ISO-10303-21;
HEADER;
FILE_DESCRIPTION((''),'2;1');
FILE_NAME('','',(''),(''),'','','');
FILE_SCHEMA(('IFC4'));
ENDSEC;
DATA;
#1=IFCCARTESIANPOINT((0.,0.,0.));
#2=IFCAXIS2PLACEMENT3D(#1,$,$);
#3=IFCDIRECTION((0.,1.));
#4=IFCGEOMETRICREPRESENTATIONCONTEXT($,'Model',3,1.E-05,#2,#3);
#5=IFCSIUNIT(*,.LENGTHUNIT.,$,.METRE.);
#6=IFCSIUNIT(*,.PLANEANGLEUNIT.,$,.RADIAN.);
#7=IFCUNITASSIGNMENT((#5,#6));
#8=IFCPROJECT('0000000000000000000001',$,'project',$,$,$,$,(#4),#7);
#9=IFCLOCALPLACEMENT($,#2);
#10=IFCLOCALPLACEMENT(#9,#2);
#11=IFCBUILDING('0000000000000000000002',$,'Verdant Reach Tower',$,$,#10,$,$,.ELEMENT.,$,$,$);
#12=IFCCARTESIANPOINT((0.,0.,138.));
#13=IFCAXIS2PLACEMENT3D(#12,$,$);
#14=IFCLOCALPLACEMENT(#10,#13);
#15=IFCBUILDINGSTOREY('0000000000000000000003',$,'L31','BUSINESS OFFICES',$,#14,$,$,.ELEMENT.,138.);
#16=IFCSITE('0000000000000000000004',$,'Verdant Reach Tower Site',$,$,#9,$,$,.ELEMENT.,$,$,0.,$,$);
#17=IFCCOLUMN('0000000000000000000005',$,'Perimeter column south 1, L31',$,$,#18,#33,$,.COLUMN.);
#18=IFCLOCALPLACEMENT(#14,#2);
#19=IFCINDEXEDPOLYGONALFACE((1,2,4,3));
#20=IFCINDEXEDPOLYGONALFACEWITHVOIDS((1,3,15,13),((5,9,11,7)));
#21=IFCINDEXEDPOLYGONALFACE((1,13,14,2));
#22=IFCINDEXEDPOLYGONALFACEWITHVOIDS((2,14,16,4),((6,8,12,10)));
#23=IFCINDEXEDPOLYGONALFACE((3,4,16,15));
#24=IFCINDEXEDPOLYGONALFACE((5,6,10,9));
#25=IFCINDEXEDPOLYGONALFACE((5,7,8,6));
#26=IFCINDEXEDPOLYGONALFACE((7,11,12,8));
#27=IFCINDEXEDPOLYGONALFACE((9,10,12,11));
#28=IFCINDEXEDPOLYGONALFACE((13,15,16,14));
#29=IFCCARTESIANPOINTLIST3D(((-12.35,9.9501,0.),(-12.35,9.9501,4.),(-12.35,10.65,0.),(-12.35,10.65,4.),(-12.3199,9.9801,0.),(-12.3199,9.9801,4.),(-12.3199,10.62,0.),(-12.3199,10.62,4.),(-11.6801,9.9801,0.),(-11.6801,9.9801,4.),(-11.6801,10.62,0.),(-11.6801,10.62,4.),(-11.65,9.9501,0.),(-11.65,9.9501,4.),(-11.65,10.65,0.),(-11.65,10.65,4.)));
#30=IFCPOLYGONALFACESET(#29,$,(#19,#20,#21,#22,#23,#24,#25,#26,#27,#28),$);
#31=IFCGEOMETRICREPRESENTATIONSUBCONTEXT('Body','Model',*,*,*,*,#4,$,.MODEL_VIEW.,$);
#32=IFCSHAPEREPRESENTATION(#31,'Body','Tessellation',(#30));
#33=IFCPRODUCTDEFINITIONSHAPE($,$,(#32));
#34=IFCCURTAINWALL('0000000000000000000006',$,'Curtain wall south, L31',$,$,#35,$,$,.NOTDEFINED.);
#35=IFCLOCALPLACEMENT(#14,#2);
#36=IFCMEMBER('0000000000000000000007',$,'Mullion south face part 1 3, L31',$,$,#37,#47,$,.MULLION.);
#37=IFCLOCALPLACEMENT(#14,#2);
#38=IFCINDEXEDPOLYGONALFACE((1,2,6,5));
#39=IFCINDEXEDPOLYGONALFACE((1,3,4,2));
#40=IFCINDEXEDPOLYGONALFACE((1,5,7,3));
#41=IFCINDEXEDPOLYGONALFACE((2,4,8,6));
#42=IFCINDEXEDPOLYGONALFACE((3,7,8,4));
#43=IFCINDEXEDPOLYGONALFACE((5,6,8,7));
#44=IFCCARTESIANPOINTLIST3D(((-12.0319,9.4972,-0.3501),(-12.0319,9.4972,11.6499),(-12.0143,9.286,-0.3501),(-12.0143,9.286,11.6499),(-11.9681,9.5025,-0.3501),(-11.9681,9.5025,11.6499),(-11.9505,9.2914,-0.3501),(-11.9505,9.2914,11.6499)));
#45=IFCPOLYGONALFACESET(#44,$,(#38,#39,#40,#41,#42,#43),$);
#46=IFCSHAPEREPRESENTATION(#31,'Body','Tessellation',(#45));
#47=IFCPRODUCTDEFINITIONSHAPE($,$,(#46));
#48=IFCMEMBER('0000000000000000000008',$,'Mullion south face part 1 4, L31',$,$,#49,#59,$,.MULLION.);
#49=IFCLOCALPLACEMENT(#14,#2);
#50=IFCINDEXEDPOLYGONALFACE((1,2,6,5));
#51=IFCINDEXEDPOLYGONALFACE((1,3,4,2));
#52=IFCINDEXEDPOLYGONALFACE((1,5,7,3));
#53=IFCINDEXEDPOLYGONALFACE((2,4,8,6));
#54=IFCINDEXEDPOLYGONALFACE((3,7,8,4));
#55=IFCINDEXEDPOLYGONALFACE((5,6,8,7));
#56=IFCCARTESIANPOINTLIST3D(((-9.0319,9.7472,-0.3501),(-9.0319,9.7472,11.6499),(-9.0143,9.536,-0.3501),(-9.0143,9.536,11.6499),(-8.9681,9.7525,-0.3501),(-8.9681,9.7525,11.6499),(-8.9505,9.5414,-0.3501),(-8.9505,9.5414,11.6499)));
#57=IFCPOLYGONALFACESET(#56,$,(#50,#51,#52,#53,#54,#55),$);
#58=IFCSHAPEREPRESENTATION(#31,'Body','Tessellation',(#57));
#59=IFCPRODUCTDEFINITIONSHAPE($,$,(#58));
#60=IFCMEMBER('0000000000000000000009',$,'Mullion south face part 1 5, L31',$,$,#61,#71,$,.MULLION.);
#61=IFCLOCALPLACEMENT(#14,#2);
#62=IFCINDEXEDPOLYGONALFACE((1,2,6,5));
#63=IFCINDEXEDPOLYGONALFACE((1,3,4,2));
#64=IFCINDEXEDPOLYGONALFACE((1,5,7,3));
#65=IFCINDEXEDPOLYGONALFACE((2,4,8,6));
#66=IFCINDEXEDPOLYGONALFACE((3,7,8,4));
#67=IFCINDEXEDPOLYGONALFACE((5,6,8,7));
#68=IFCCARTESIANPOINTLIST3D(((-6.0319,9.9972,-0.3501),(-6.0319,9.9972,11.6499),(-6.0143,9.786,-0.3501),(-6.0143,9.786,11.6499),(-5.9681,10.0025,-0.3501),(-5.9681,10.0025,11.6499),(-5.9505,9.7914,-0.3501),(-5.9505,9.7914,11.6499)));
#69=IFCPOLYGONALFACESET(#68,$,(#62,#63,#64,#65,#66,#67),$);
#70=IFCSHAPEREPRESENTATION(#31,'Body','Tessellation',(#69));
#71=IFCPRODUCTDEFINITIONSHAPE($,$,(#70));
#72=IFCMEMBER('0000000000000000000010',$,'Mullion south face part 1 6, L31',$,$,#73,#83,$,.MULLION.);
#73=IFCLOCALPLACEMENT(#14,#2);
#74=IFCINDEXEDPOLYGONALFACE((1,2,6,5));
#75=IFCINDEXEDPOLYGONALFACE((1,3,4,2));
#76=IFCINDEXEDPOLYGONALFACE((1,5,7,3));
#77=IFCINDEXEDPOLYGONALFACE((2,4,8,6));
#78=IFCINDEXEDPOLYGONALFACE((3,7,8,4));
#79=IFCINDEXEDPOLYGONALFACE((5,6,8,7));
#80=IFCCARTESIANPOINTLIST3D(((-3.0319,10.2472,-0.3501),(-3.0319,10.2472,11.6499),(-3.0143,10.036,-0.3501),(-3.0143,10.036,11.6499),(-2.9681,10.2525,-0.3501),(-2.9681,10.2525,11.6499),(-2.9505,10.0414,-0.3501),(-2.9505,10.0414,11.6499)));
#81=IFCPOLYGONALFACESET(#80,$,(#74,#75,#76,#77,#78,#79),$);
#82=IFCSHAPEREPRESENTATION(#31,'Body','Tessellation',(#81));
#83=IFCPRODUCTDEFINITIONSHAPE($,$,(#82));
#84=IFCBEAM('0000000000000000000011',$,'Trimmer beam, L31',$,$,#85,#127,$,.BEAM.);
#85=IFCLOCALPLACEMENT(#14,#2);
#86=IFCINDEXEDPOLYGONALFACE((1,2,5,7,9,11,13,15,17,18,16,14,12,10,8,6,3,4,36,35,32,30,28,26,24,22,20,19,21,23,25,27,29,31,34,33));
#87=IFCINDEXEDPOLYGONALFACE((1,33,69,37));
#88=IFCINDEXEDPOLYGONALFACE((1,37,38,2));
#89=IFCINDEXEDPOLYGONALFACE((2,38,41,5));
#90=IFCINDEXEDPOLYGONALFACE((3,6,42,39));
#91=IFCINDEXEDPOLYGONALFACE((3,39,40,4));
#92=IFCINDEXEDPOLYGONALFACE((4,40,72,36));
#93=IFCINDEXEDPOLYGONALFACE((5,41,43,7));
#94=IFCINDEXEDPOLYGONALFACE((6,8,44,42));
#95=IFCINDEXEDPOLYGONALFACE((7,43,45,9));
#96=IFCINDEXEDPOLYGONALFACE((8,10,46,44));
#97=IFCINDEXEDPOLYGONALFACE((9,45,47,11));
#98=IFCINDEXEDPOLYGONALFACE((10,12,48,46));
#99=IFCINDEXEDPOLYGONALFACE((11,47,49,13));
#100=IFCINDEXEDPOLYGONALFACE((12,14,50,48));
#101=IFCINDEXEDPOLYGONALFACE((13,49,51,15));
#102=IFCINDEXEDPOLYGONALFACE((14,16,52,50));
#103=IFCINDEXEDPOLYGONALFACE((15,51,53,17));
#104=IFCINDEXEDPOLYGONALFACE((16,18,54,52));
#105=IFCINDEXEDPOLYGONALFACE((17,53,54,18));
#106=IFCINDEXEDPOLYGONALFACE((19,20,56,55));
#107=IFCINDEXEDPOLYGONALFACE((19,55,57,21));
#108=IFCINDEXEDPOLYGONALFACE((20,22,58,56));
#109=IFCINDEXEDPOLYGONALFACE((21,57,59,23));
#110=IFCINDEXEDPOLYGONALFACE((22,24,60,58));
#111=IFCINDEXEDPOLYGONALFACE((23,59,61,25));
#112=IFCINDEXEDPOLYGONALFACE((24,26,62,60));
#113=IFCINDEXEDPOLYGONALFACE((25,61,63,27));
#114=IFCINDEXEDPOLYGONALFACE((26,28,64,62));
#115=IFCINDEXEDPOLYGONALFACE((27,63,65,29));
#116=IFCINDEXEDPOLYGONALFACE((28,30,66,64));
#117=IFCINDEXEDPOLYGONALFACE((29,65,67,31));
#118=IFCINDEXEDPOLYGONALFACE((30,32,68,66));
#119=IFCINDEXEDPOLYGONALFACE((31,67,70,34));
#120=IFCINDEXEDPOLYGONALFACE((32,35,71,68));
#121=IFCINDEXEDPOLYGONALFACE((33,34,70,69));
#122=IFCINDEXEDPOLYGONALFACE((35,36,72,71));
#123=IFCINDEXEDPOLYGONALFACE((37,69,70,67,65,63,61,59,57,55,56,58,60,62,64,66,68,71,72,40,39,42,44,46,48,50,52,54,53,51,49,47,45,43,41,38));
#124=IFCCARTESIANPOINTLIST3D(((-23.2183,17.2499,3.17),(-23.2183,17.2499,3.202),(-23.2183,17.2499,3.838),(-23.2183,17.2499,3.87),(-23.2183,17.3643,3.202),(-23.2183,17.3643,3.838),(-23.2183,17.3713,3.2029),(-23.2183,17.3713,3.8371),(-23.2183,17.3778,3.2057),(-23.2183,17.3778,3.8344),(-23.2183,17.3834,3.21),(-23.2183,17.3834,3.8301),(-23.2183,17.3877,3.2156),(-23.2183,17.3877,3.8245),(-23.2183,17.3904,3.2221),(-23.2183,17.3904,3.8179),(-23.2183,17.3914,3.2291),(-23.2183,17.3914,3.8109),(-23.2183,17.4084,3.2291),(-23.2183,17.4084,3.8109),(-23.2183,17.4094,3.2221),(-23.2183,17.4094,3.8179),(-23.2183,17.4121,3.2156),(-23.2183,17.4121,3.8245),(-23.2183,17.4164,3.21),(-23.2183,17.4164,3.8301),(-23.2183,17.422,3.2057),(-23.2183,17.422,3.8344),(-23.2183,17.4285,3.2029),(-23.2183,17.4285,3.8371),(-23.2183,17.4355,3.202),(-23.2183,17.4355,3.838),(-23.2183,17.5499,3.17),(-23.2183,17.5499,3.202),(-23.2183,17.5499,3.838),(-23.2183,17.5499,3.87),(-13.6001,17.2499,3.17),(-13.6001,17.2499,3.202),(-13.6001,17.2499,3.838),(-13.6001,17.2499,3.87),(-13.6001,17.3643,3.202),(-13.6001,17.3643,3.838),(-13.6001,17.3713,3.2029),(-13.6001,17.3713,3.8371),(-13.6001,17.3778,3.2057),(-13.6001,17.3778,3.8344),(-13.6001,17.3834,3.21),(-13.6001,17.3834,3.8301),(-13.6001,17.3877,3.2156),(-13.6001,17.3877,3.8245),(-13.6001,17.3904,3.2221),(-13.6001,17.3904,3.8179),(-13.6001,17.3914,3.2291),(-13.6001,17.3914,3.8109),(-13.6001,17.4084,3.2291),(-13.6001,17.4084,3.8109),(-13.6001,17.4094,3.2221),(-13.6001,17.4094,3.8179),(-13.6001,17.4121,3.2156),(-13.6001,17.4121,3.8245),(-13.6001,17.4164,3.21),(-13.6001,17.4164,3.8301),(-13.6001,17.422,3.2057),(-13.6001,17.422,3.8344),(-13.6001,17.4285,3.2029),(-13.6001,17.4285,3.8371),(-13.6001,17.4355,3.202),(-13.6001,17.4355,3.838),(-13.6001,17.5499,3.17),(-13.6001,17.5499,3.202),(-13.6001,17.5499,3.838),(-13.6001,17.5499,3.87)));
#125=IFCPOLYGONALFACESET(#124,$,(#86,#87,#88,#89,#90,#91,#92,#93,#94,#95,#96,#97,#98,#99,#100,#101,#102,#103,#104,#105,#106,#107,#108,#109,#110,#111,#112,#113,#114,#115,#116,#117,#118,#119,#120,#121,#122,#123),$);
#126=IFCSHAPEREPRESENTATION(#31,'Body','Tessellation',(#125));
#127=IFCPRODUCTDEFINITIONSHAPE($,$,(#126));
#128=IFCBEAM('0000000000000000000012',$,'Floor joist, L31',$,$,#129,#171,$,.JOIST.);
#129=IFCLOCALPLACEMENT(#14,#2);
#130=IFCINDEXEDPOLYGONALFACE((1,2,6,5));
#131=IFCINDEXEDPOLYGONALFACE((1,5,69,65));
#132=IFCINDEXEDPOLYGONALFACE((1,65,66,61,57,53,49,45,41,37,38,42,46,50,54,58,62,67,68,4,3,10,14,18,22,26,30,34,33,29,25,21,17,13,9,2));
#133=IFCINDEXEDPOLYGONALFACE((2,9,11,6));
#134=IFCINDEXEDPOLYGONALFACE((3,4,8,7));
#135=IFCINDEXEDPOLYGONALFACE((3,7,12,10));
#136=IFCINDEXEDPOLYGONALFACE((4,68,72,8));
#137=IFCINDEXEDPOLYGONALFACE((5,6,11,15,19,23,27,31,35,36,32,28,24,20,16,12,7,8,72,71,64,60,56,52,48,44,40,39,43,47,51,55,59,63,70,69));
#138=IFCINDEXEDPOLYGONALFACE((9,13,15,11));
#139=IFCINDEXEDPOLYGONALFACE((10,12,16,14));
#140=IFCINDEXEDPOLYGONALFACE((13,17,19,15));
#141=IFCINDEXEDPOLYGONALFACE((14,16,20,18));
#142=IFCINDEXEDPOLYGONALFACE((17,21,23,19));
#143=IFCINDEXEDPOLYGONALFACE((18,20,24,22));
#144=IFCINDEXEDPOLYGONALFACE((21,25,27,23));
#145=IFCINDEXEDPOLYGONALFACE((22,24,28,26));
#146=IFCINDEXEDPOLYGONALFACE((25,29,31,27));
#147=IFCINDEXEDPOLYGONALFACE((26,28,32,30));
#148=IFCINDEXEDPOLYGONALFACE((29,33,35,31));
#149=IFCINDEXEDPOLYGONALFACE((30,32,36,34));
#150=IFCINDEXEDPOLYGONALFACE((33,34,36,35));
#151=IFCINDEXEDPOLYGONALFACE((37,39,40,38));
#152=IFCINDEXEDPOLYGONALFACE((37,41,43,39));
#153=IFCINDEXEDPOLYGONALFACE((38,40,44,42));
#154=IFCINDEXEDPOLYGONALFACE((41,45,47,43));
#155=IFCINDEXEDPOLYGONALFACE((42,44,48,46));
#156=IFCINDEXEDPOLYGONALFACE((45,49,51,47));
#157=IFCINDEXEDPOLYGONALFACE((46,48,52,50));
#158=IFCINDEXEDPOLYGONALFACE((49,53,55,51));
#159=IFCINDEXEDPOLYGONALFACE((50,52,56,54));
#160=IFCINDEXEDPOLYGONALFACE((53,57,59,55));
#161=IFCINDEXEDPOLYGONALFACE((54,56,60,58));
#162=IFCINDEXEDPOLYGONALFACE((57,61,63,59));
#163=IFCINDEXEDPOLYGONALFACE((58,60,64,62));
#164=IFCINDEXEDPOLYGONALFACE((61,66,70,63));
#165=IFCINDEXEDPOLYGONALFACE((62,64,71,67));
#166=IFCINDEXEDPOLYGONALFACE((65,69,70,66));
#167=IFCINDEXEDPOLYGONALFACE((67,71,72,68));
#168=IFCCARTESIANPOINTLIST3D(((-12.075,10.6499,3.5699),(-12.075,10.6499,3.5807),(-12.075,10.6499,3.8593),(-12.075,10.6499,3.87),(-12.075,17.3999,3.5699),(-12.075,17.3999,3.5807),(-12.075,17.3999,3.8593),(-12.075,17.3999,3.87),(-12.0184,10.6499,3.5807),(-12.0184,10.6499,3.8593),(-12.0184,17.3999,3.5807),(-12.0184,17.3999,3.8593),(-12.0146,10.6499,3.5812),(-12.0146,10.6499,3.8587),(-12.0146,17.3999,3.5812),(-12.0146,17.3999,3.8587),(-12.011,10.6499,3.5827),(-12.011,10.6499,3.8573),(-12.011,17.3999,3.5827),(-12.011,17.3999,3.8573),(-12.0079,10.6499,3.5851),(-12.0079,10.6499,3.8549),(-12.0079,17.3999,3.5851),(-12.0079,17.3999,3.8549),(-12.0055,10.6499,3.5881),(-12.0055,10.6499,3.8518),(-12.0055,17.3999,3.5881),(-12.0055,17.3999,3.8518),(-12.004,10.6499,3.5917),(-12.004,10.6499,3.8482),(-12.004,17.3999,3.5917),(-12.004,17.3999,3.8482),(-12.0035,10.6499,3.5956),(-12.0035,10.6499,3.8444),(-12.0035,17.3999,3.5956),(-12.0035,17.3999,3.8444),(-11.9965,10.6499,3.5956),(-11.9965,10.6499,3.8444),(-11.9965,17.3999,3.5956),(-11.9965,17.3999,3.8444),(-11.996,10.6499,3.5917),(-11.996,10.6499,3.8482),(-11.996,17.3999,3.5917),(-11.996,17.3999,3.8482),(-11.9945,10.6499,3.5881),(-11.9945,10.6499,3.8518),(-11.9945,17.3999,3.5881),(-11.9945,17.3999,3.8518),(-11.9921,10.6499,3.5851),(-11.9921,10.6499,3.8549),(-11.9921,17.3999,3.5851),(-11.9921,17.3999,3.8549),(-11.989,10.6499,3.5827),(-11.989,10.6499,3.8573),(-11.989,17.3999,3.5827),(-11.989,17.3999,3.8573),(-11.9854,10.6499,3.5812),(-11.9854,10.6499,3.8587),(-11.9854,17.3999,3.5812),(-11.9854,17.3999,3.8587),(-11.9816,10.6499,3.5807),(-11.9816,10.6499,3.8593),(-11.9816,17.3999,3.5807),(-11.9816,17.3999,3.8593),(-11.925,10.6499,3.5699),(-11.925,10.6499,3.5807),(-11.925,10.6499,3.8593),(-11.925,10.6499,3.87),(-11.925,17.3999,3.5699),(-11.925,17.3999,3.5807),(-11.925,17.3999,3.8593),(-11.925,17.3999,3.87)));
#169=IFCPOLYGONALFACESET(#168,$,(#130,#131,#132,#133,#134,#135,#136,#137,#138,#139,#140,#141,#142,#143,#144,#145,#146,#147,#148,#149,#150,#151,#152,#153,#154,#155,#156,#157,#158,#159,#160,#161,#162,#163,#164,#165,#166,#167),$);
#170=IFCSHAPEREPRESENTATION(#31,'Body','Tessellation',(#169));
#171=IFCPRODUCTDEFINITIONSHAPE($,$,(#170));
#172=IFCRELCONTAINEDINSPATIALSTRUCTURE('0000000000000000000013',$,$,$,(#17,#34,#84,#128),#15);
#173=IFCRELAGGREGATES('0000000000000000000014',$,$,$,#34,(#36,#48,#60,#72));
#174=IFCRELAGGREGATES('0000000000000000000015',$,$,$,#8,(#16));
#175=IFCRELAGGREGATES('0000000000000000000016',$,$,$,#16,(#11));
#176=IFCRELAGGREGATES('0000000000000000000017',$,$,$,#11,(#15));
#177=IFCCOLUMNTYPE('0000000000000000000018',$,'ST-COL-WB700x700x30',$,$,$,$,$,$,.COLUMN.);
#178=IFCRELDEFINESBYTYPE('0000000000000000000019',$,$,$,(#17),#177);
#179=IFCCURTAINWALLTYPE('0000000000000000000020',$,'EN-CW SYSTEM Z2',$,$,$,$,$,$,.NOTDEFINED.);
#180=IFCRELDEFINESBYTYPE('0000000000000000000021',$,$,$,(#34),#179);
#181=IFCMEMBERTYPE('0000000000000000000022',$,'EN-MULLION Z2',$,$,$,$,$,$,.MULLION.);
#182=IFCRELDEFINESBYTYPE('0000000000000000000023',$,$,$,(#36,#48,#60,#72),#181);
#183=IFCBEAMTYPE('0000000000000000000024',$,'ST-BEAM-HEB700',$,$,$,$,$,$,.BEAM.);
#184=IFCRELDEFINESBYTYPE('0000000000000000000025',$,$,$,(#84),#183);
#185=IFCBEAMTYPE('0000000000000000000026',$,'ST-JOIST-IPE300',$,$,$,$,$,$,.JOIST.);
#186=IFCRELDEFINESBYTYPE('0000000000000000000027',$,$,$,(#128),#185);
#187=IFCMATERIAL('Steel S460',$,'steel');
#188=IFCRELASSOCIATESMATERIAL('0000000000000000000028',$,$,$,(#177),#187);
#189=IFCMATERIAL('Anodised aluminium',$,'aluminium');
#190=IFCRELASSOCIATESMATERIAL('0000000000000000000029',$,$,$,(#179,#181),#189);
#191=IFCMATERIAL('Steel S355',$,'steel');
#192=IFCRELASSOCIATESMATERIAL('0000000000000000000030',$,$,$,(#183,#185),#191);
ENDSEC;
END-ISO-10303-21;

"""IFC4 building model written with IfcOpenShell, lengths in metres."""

from ifc_helpers import new_model, si_unit, direction, frame, origin, origin_2d, place, context, subcontext, project, spatial, rectangle, hollow_rectangle, i_section, extrude, material, material_profile, profile_set, type_object, element, aggregate, save


model = new_model("IFC4")

# Units and contexts
model_context = context("Model", 3, precision=1e-05, world=origin(), true_north=direction((0.0, 1.0)))
body_context = subcontext(model_context, "Body", "Model", "MODEL_VIEW")
ifc_project = project(units=[si_unit("LENGTHUNIT", "METRE"), si_unit("PLANEANGLEUNIT", "RADIAN")], contexts=[model_context])

# Site, building, storey
site_placement = place(None, origin())
site = spatial("IfcSite", under=ifc_project, at=site_placement, Name="Verdant Reach Tower Site", CompositionType="ELEMENT", RefElevation=0.0)
building_placement = place(site_placement, origin())
building = spatial("IfcBuilding", under=site, at=building_placement, Name="Verdant Reach Tower", CompositionType="ELEMENT")
storey_placement = place(building_placement, frame((0.0, 0.0, 138.0)))
storey = spatial("IfcBuildingStorey", under=building, at=storey_placement, Name="L31", Description="BUSINESS OFFICES", CompositionType="ELEMENT", Elevation=138.0)

# Column
ifc_material_1 = material(Name="Steel S460", Category="steel")
ifc_material_profile_1 = material_profile(ifc_material_1, hollow_rectangle(XDim=0.7, YDim=0.7, WallThickness=0.03, at=origin_2d()), Name="WB 700x700x30")
ifc_profile_set_1 = profile_set([ifc_material_profile_1], Name="Steel S460")
column_type = type_object("IfcColumnType", Name="ST-COL-WB700x700x30", PredefinedType="COLUMN", material=ifc_profile_set_1)
column_placement = place(storey_placement, frame((-12.0, 10.3, 0.0), z_axis=(0.0, 0.0, 1.0), x_axis=(1.0, 0.0, 0.0)))
element("IfcColumn", 1, at=column_placement, inside=storey, type_object=column_type, Name="Perimeter column south 1, L31", PredefinedType="COLUMN", context=body_context, shape_type="SweptSolid", body=[
    extrude(hollow_rectangle(XDim=0.7, YDim=0.7, WallThickness=0.03, at=origin_2d()), origin(), (0.0, 0.0, 1.0), 4.0),
])

# Curtain wall, members
ifc_material_2 = material(Name="Anodised aluminium", Category="aluminium")
curtain_wall_type = type_object("IfcCurtainWallType", Name="EN-CW SYSTEM Z2", PredefinedType="NOTDEFINED", material=ifc_material_2)
curtain_wall_placement = place(storey_placement, origin())
curtain_wall = element("IfcCurtainWall", 2, at=curtain_wall_placement, inside=storey, type_object=curtain_wall_type, Name="Curtain wall south, L31", PredefinedType="NOTDEFINED")
ifc_material_profile_2 = material_profile(ifc_material_2, rectangle(XDim=0.2119, YDim=0.064, at=origin_2d()), Name="Mullion 64x212")
ifc_profile_set_2 = profile_set([ifc_material_profile_2], Name="Anodised aluminium")
member_type = type_object("IfcMemberType", Name="EN-MULLION Z2", PredefinedType="MULLION", material=ifc_profile_set_2)
member_1_placement = place(storey_placement, frame((-11.9912, 9.3943, -0.3501), z_axis=(0.0, 0.0, 1.0), x_axis=(0.083045, -0.996546, 0.0)))
member_1 = element("IfcMember", 3, at=member_1_placement, type_object=member_type, Name="Mullion south face part 1 3, L31", PredefinedType="MULLION", context=body_context, shape_type="SweptSolid", body=[
    extrude(rectangle(XDim=0.2119, YDim=0.064, at=origin_2d()), origin(), (0.0, 0.0, 1.0), 12.0),
])
member_2_placement = place(storey_placement, frame((-8.9912, 9.6443, -0.3501), z_axis=(0.0, 0.0, 1.0), x_axis=(0.083045, -0.996546, 0.0)))
member_2 = element("IfcMember", 4, at=member_2_placement, type_object=member_type, Name="Mullion south face part 1 4, L31", PredefinedType="MULLION", context=body_context, shape_type="SweptSolid", body=[
    extrude(rectangle(XDim=0.2119, YDim=0.064, at=origin_2d()), origin(), (0.0, 0.0, 1.0), 12.0),
])
member_3_placement = place(storey_placement, frame((-5.9912, 9.8943, -0.3501), z_axis=(0.0, 0.0, 1.0), x_axis=(0.083045, -0.996546, 0.0)))
member_3 = element("IfcMember", 5, at=member_3_placement, type_object=member_type, Name="Mullion south face part 1 5, L31", PredefinedType="MULLION", context=body_context, shape_type="SweptSolid", body=[
    extrude(rectangle(XDim=0.2119, YDim=0.064, at=origin_2d()), origin(), (0.0, 0.0, 1.0), 12.0),
])
member_4_placement = place(storey_placement, frame((-2.9912, 10.1443, -0.3501), z_axis=(0.0, 0.0, 1.0), x_axis=(0.083045, -0.996546, 0.0)))
member_4 = element("IfcMember", 6, at=member_4_placement, type_object=member_type, Name="Mullion south face part 1 6, L31", PredefinedType="MULLION", context=body_context, shape_type="SweptSolid", body=[
    extrude(rectangle(XDim=0.2119, YDim=0.064, at=origin_2d()), origin(), (0.0, 0.0, 1.0), 12.0),
])

# Beams
ifc_material_3 = material(Name="Steel S355", Category="steel")
ifc_material_profile_3 = material_profile(ifc_material_3, i_section(OverallWidth=0.3, OverallDepth=0.7, WebThickness=0.0171, FlangeThickness=0.032, FilletRadius=0.0271, at=origin_2d()), Name="HEB 700")
ifc_profile_set_3 = profile_set([ifc_material_profile_3], Name="Steel S355")
beam_type_1 = type_object("IfcBeamType", Name="ST-BEAM-HEB700", PredefinedType="BEAM", material=ifc_profile_set_3)
beam_1_placement = place(storey_placement, frame((-13.6001, 17.3999, 3.52), z_axis=(-1.0, 0.0, 0.0), x_axis=(0.0, -1.0, 0.0)))
element("IfcBeam", 7, at=beam_1_placement, inside=storey, type_object=beam_type_1, Name="Trimmer beam, L31", PredefinedType="BEAM", context=body_context, shape_type="SweptSolid", body=[
    extrude(i_section(OverallWidth=0.3, OverallDepth=0.7, WebThickness=0.0171, FlangeThickness=0.032, FilletRadius=0.0271, at=origin_2d()), origin(), (0.0, 0.0, 1.0), 9.6182),
])
ifc_material_profile_4 = material_profile(ifc_material_3, i_section(OverallWidth=0.1499, OverallDepth=0.3, WebThickness=0.0071, FlangeThickness=0.0107, FilletRadius=0.0149, at=origin_2d()), Name="IPE 300")
ifc_profile_set_4 = profile_set([ifc_material_profile_4], Name="Steel S355")
beam_type_2 = type_object("IfcBeamType", Name="ST-JOIST-IPE300", PredefinedType="JOIST", material=ifc_profile_set_4)
beam_2_placement = place(storey_placement, frame((-12.0, 17.3999, 3.72), z_axis=(0.0, -1.0, 0.0), x_axis=(1.0, 0.0, 0.0)))
element("IfcBeam", 8, at=beam_2_placement, inside=storey, type_object=beam_type_2, Name="Floor joist, L31", PredefinedType="JOIST", context=body_context, shape_type="SweptSolid", body=[
    extrude(i_section(OverallWidth=0.1499, OverallDepth=0.3, WebThickness=0.0071, FlangeThickness=0.0107, FilletRadius=0.0149, at=origin_2d()), origin(), (0.0, 0.0, 1.0), 6.75),
])

aggregate(curtain_wall, [member_1, member_2, member_3, member_4])

save(model, "model.ifc")
